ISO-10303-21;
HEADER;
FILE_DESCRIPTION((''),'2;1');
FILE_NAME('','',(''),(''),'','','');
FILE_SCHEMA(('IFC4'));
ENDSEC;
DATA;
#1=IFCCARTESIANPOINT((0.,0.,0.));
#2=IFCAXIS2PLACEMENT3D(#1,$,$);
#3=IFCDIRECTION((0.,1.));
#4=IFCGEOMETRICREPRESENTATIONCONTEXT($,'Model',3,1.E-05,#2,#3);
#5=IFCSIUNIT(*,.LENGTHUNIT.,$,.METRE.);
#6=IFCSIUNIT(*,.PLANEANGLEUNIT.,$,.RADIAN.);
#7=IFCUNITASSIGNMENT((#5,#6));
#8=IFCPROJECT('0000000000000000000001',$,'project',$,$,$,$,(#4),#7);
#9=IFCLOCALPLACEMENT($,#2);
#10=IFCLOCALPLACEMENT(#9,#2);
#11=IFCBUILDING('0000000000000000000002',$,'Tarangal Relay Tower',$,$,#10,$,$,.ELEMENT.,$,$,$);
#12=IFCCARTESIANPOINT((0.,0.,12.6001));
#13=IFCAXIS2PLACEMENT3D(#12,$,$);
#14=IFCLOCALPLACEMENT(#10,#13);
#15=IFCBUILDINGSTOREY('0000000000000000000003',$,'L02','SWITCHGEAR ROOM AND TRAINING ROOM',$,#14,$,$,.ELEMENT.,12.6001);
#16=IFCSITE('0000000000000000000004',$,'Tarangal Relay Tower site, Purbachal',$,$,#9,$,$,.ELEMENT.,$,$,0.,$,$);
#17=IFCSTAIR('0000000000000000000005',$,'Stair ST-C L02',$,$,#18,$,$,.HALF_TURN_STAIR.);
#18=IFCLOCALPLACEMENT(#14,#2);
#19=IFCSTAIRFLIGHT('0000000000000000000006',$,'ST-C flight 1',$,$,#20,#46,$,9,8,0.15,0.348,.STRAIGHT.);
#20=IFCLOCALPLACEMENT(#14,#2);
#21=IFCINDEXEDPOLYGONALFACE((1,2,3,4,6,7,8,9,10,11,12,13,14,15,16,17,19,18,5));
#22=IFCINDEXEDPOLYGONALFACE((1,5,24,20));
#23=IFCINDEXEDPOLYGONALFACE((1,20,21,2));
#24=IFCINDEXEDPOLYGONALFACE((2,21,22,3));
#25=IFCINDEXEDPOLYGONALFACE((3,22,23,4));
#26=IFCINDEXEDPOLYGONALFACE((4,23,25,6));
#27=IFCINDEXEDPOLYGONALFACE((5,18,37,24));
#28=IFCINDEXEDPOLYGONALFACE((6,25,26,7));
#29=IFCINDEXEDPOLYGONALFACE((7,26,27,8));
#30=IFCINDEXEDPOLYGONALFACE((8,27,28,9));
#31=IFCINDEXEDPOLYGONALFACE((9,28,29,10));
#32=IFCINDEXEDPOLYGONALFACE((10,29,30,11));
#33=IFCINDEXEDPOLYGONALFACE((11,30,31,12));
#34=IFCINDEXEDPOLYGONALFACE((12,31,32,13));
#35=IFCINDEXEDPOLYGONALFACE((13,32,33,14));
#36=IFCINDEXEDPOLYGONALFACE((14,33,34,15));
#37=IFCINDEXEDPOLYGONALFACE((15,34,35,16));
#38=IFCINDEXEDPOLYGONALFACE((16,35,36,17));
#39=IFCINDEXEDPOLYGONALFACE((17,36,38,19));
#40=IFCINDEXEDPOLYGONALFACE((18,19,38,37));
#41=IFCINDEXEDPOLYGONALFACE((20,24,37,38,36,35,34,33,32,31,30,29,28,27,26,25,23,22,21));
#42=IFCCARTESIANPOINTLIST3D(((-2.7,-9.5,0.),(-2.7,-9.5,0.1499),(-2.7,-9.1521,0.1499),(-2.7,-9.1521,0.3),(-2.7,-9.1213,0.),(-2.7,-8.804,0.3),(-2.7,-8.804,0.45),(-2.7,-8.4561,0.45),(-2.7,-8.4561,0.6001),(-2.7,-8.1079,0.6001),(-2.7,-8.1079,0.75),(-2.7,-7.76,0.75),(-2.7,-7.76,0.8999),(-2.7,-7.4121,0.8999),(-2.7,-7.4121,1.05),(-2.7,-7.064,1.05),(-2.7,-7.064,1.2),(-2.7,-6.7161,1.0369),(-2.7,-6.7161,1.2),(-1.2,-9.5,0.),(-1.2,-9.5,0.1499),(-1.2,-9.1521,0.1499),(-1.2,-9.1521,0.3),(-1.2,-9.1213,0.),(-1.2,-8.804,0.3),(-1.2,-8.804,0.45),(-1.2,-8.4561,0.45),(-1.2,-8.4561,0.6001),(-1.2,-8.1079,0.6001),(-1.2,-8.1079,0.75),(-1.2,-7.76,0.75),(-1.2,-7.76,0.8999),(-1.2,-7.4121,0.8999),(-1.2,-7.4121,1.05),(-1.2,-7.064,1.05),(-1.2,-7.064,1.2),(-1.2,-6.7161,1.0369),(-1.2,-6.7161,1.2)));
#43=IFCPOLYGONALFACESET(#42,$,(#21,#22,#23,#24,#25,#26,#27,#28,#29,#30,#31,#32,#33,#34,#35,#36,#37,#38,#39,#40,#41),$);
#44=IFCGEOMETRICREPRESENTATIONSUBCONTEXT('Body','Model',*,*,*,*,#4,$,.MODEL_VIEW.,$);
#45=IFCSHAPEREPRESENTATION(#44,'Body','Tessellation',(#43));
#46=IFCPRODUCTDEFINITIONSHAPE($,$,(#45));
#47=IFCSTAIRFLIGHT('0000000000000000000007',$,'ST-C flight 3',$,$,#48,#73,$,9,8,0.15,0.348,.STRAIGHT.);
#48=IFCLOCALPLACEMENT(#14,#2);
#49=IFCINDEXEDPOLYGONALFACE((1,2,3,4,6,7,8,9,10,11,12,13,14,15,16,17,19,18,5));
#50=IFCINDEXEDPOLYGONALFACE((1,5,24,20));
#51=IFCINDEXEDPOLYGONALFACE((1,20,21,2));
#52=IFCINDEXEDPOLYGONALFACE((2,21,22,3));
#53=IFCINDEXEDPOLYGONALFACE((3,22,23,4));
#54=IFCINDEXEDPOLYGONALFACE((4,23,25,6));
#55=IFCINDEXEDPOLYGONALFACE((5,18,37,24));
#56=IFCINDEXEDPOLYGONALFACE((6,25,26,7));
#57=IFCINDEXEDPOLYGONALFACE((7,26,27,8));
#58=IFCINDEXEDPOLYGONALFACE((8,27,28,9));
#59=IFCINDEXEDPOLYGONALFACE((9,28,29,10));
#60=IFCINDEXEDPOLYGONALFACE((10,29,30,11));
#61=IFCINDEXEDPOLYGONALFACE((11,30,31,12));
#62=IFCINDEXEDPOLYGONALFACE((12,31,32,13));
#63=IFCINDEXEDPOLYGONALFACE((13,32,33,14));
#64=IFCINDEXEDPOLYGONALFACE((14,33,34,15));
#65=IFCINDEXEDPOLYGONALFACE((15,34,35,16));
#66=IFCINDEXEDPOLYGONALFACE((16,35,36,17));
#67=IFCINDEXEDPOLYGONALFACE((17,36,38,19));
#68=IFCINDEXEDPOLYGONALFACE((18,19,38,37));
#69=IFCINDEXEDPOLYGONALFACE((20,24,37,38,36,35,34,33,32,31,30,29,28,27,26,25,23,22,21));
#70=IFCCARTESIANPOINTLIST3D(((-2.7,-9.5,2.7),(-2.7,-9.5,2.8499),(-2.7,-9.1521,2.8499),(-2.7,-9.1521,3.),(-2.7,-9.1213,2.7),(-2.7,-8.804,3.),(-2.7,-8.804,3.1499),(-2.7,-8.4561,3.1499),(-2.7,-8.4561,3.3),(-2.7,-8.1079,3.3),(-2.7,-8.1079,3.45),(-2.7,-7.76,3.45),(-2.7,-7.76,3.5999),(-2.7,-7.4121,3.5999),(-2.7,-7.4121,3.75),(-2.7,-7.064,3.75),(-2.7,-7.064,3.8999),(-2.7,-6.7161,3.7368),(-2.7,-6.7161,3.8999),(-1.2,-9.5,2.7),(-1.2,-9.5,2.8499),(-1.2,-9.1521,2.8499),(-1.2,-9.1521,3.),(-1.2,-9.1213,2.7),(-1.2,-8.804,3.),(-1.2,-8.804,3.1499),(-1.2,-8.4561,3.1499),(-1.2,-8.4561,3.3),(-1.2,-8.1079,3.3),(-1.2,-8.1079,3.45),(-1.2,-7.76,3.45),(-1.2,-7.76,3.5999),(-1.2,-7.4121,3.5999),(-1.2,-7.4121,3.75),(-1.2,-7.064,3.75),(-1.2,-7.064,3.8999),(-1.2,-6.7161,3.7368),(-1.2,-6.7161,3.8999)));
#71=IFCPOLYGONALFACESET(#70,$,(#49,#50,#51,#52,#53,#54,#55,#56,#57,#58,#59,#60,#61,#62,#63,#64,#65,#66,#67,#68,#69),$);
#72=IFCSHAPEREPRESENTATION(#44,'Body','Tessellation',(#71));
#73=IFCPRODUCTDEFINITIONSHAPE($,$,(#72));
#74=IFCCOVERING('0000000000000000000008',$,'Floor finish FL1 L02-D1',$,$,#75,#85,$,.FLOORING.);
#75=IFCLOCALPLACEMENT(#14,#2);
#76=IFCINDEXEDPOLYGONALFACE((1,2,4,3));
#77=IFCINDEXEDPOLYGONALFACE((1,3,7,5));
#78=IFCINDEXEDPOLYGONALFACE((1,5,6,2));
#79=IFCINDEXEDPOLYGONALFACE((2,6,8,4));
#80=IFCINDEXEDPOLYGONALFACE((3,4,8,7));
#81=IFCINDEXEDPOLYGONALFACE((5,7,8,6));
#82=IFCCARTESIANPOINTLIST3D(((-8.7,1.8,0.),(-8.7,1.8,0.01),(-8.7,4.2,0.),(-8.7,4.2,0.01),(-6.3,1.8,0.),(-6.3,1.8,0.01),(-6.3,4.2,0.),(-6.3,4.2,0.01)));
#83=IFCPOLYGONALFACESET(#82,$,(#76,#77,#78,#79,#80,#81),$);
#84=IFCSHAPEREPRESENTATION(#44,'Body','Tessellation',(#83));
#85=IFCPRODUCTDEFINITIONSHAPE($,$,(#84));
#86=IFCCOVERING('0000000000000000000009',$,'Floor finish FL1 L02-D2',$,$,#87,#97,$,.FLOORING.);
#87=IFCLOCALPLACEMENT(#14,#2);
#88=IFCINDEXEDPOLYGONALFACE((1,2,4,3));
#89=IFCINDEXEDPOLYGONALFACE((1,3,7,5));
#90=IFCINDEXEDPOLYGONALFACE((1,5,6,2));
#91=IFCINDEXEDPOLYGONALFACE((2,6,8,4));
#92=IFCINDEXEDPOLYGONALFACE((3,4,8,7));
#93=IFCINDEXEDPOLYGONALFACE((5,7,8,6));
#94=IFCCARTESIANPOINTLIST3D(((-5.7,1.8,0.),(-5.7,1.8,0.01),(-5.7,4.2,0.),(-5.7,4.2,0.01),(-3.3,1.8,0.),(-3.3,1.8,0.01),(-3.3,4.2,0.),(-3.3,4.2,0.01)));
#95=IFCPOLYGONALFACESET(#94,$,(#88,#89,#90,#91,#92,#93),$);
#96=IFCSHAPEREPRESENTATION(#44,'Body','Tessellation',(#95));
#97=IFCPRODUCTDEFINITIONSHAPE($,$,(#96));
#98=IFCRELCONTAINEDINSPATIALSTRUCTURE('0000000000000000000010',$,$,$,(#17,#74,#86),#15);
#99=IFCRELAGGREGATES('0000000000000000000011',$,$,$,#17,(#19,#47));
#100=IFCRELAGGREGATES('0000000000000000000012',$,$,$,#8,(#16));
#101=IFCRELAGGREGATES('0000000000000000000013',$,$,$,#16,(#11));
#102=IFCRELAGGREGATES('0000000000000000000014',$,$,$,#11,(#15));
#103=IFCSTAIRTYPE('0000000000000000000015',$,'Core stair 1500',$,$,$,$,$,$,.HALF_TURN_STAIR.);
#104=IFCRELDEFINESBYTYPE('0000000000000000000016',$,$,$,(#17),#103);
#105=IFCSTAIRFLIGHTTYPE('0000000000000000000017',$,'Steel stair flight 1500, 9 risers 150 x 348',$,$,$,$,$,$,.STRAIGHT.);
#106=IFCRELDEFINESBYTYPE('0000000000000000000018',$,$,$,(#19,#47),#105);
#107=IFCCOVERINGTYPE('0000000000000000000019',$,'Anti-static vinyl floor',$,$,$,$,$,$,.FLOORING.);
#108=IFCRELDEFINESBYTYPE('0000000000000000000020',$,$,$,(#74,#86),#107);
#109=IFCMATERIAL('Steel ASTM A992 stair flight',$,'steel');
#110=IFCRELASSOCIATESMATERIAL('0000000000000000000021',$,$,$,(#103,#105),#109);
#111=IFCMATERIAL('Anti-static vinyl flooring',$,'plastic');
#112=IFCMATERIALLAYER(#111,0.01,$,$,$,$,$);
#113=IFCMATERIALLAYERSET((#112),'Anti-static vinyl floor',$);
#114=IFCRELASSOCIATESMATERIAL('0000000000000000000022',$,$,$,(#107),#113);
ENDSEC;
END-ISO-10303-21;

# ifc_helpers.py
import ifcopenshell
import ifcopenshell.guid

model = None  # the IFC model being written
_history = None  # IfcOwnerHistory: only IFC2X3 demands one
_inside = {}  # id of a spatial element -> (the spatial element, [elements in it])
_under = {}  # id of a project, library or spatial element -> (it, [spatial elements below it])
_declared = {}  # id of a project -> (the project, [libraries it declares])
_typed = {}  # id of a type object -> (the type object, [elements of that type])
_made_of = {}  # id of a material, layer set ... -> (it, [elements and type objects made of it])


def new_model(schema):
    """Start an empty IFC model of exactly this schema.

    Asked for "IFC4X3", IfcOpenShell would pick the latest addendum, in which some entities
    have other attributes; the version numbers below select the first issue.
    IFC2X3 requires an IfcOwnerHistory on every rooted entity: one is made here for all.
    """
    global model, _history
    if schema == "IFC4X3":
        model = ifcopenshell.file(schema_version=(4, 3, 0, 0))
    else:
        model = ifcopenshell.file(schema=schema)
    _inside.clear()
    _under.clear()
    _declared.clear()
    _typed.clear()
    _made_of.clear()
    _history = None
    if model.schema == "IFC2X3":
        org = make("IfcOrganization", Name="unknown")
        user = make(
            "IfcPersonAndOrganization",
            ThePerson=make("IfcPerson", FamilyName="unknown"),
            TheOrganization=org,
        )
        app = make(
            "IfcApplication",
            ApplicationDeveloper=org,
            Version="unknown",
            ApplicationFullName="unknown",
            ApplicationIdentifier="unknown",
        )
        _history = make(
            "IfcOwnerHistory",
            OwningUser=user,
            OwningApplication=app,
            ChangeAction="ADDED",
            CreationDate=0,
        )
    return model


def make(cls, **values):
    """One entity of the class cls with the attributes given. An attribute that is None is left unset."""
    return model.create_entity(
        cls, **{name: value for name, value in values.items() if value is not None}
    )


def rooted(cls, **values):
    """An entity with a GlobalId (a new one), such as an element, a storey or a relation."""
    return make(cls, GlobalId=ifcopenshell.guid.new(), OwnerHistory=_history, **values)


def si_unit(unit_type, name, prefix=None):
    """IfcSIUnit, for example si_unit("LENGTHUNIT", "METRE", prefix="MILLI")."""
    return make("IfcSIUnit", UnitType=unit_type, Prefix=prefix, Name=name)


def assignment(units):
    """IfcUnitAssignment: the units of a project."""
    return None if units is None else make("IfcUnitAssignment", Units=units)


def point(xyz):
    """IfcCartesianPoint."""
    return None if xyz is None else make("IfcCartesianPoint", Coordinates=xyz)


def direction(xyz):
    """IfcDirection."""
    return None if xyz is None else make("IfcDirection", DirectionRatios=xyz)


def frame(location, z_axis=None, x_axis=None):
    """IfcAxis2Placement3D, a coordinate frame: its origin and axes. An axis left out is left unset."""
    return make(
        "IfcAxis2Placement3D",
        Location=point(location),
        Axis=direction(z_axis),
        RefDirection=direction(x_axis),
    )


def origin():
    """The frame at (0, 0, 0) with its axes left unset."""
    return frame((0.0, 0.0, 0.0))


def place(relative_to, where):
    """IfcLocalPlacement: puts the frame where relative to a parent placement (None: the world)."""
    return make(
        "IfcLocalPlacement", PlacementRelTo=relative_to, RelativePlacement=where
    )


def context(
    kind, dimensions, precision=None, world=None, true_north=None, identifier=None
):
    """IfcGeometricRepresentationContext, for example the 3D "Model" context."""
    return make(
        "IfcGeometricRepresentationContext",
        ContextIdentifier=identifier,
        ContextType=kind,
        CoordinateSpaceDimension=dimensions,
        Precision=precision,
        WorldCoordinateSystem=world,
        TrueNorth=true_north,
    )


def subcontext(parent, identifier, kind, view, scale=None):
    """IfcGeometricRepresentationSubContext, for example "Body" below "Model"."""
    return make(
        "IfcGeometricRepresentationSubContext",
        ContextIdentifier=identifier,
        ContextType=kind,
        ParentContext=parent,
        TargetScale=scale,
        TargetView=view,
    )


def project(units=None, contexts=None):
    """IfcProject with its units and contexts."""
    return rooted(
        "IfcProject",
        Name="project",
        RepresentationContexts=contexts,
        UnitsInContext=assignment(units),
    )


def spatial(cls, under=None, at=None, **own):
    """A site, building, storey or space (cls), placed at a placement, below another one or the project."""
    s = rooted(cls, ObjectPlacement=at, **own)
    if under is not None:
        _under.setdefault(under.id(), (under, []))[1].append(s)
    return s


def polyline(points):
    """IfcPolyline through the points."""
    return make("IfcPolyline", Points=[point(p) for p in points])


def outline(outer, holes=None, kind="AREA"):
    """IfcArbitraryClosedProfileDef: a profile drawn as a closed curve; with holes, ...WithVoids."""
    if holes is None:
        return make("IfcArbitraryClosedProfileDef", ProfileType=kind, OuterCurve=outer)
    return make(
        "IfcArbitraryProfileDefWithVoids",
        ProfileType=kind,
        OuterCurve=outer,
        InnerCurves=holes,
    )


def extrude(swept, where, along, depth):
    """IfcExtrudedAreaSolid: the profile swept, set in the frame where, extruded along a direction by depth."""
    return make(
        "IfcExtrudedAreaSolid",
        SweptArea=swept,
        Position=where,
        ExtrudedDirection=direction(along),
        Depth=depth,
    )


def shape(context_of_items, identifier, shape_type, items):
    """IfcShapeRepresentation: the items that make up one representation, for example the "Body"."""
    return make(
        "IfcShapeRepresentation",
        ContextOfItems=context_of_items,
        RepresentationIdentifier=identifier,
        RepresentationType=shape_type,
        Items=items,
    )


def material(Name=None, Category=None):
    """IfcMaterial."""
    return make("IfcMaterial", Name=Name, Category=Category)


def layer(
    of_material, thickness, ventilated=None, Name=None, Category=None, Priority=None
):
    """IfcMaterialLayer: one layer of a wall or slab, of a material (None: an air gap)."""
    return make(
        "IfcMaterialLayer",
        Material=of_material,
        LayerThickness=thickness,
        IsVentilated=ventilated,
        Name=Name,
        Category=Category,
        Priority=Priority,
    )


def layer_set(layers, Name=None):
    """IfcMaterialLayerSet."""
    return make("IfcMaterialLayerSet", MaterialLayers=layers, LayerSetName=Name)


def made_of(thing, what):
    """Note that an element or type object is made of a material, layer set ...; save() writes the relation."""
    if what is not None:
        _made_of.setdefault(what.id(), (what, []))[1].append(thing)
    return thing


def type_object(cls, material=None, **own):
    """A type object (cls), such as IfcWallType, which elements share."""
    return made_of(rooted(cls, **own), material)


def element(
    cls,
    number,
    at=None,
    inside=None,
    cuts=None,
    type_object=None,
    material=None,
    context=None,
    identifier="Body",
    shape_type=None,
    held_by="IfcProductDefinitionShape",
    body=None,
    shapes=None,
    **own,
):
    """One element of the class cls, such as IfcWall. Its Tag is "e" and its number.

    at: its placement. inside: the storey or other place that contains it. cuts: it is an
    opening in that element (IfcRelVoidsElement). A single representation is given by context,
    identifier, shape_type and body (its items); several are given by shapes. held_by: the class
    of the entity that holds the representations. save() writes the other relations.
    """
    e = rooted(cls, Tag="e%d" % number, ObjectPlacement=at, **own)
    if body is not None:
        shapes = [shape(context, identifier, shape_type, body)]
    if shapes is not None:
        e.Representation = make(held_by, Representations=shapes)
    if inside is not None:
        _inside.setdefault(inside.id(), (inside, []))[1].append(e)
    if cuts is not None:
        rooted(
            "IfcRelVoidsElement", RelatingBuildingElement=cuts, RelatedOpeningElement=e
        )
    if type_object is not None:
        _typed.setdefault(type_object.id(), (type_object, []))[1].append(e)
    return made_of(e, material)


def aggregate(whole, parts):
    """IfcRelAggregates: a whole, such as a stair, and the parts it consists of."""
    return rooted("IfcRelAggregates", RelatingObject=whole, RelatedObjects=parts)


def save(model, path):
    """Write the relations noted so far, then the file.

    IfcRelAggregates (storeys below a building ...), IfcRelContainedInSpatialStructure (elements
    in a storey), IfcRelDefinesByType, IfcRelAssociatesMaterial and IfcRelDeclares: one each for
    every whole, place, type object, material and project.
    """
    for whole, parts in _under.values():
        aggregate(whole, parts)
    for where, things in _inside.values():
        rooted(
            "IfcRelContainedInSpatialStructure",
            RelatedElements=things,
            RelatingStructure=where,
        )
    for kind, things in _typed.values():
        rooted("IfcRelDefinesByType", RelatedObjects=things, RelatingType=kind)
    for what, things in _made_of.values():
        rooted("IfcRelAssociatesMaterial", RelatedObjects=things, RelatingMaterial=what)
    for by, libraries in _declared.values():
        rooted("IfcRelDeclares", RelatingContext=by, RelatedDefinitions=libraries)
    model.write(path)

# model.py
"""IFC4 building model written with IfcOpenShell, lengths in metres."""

from ifc_helpers import new_model, si_unit, direction, frame, origin, place, context, subcontext, project, spatial, polyline, outline, extrude, material, layer, layer_set, type_object, element, aggregate, save


model = new_model("IFC4")

# Units and contexts
model_context = context("Model", 3, precision=1e-05, world=origin(), true_north=direction((0.0, 1.0)))
body_context = subcontext(model_context, "Body", "Model", "MODEL_VIEW")
ifc_project = project(units=[si_unit("LENGTHUNIT", "METRE"), si_unit("PLANEANGLEUNIT", "RADIAN")], contexts=[model_context])

# Site, building, storey
site_placement = place(None, origin())
site = spatial("IfcSite", under=ifc_project, at=site_placement, Name="Tarangal Relay Tower site, Purbachal", CompositionType="ELEMENT", RefElevation=0.0)
building_placement = place(site_placement, origin())
building = spatial("IfcBuilding", under=site, at=building_placement, Name="Tarangal Relay Tower", CompositionType="ELEMENT")
storey_placement = place(building_placement, frame((0.0, 0.0, 12.6001)))
storey = spatial("IfcBuildingStorey", under=building, at=storey_placement, Name="L02", Description="SWITCHGEAR ROOM AND TRAINING ROOM", CompositionType="ELEMENT", Elevation=12.6001)

# Stair, stair flights
ifc_material_1 = material(Name="Steel ASTM A992 stair flight", Category="steel")
stair_type = type_object("IfcStairType", Name="Core stair 1500", PredefinedType="HALF_TURN_STAIR", material=ifc_material_1)
stair_placement = place(storey_placement, origin())
stair = element("IfcStair", 1, at=stair_placement, inside=storey, type_object=stair_type, Name="Stair ST-C L02", PredefinedType="HALF_TURN_STAIR")
stair_flight_type = type_object("IfcStairFlightType", Name="Steel stair flight 1500, 9 risers 150 x 348", PredefinedType="STRAIGHT", material=ifc_material_1)
stair_flight_1_placement = place(storey_placement, frame((-1.95, -9.5, 0.0), z_axis=(0.0, 0.0, 1.0), x_axis=(0.0, 1.0, 0.0)))
stair_flight_1 = element("IfcStairFlight", 2, at=stair_flight_1_placement, type_object=stair_flight_type, Name="ST-C flight 1", NumberOfRisers=9, NumberOfTreads=8, PredefinedType="STRAIGHT", RiserHeight=0.15, TreadLength=0.348, context=body_context, shape_type="SweptSolid", body=[
    extrude(outline(polyline([(0.0, 0.0), (0.0, 0.1499), (0.3479, 0.1499), (0.3479, 0.3), (0.696, 0.3), (0.696, 0.45), (1.0439, 0.45), (1.0439, 0.6001), (1.3921, 0.6001), (1.3921, 0.75), (1.74, 0.75), (1.74, 0.8999), (2.0879, 0.8999), (2.0879, 1.05), (2.436, 1.05), (2.436, 1.2), (2.7839, 1.2), (2.7839, 1.3501), (2.7839, 1.0369), (0.3787, 0.0), (0.0, 0.0)])), frame((0.0, 0.75, 0.0), z_axis=(0.0, -1.0, 0.0), x_axis=(1.0, 0.0, 0.0)), (0.0, 0.0, 1.0), 1.5),
])
stair_flight_2_placement = place(storey_placement, frame((-1.95, -9.5, 2.7), z_axis=(0.0, 0.0, 1.0), x_axis=(0.0, 1.0, 0.0)))
stair_flight_2 = element("IfcStairFlight", 3, at=stair_flight_2_placement, type_object=stair_flight_type, Name="ST-C flight 3", NumberOfRisers=9, NumberOfTreads=8, PredefinedType="STRAIGHT", RiserHeight=0.15, TreadLength=0.348, context=body_context, shape_type="SweptSolid", body=[
    extrude(outline(polyline([(0.0, 0.0), (0.0, 0.1499), (0.3479, 0.1499), (0.3479, 0.3), (0.696, 0.3), (0.696, 0.45), (1.0439, 0.45), (1.0439, 0.6001), (1.3921, 0.6001), (1.3921, 0.75), (1.74, 0.75), (1.74, 0.8999), (2.0879, 0.8999), (2.0879, 1.05), (2.436, 1.05), (2.436, 1.2), (2.7839, 1.2), (2.7839, 1.3501), (2.7839, 1.0369), (0.3787, 0.0), (0.0, 0.0)])), frame((0.0, 0.75, 0.0), z_axis=(0.0, -1.0, 0.0), x_axis=(1.0, 0.0, 0.0)), (0.0, 0.0, 1.0), 1.5),
])
aggregate(stair, [stair_flight_1, stair_flight_2])

# Coverings
ifc_material_2 = material(Name="Anti-static vinyl flooring", Category="plastic")
ifc_layer_1 = layer(ifc_material_2, 0.01)
ifc_layer_set_1 = layer_set([ifc_layer_1], Name="Anti-static vinyl floor")
covering_type_1 = type_object("IfcCoveringType", Name="Anti-static vinyl floor", PredefinedType="FLOORING", material=ifc_layer_set_1)
covering_1_placement = place(storey_placement, origin())
element("IfcCovering", 4, at=covering_1_placement, inside=storey, type_object=covering_type_1, Name="Floor finish FL1 L02-D1", PredefinedType="FLOORING", context=body_context, shape_type="SweptSolid", body=[
    extrude(outline(polyline([(-8.7, 1.8), (-6.3, 1.8), (-6.3, 4.2), (-8.7, 4.2), (-8.7, 1.8)])), origin(), (0.0, 0.0, 1.0), 0.01),
])
covering_2_placement = place(storey_placement, origin())
element("IfcCovering", 5, at=covering_2_placement, inside=storey, type_object=covering_type_1, Name="Floor finish FL1 L02-D2", PredefinedType="FLOORING", context=body_context, shape_type="SweptSolid", body=[
    extrude(outline(polyline([(-5.7, 1.8), (-3.3, 1.8), (-3.3, 4.2), (-5.7, 4.2), (-5.7, 1.8)])), origin(), (0.0, 0.0, 1.0), 0.01),
])

save(model, "model.ifc")
